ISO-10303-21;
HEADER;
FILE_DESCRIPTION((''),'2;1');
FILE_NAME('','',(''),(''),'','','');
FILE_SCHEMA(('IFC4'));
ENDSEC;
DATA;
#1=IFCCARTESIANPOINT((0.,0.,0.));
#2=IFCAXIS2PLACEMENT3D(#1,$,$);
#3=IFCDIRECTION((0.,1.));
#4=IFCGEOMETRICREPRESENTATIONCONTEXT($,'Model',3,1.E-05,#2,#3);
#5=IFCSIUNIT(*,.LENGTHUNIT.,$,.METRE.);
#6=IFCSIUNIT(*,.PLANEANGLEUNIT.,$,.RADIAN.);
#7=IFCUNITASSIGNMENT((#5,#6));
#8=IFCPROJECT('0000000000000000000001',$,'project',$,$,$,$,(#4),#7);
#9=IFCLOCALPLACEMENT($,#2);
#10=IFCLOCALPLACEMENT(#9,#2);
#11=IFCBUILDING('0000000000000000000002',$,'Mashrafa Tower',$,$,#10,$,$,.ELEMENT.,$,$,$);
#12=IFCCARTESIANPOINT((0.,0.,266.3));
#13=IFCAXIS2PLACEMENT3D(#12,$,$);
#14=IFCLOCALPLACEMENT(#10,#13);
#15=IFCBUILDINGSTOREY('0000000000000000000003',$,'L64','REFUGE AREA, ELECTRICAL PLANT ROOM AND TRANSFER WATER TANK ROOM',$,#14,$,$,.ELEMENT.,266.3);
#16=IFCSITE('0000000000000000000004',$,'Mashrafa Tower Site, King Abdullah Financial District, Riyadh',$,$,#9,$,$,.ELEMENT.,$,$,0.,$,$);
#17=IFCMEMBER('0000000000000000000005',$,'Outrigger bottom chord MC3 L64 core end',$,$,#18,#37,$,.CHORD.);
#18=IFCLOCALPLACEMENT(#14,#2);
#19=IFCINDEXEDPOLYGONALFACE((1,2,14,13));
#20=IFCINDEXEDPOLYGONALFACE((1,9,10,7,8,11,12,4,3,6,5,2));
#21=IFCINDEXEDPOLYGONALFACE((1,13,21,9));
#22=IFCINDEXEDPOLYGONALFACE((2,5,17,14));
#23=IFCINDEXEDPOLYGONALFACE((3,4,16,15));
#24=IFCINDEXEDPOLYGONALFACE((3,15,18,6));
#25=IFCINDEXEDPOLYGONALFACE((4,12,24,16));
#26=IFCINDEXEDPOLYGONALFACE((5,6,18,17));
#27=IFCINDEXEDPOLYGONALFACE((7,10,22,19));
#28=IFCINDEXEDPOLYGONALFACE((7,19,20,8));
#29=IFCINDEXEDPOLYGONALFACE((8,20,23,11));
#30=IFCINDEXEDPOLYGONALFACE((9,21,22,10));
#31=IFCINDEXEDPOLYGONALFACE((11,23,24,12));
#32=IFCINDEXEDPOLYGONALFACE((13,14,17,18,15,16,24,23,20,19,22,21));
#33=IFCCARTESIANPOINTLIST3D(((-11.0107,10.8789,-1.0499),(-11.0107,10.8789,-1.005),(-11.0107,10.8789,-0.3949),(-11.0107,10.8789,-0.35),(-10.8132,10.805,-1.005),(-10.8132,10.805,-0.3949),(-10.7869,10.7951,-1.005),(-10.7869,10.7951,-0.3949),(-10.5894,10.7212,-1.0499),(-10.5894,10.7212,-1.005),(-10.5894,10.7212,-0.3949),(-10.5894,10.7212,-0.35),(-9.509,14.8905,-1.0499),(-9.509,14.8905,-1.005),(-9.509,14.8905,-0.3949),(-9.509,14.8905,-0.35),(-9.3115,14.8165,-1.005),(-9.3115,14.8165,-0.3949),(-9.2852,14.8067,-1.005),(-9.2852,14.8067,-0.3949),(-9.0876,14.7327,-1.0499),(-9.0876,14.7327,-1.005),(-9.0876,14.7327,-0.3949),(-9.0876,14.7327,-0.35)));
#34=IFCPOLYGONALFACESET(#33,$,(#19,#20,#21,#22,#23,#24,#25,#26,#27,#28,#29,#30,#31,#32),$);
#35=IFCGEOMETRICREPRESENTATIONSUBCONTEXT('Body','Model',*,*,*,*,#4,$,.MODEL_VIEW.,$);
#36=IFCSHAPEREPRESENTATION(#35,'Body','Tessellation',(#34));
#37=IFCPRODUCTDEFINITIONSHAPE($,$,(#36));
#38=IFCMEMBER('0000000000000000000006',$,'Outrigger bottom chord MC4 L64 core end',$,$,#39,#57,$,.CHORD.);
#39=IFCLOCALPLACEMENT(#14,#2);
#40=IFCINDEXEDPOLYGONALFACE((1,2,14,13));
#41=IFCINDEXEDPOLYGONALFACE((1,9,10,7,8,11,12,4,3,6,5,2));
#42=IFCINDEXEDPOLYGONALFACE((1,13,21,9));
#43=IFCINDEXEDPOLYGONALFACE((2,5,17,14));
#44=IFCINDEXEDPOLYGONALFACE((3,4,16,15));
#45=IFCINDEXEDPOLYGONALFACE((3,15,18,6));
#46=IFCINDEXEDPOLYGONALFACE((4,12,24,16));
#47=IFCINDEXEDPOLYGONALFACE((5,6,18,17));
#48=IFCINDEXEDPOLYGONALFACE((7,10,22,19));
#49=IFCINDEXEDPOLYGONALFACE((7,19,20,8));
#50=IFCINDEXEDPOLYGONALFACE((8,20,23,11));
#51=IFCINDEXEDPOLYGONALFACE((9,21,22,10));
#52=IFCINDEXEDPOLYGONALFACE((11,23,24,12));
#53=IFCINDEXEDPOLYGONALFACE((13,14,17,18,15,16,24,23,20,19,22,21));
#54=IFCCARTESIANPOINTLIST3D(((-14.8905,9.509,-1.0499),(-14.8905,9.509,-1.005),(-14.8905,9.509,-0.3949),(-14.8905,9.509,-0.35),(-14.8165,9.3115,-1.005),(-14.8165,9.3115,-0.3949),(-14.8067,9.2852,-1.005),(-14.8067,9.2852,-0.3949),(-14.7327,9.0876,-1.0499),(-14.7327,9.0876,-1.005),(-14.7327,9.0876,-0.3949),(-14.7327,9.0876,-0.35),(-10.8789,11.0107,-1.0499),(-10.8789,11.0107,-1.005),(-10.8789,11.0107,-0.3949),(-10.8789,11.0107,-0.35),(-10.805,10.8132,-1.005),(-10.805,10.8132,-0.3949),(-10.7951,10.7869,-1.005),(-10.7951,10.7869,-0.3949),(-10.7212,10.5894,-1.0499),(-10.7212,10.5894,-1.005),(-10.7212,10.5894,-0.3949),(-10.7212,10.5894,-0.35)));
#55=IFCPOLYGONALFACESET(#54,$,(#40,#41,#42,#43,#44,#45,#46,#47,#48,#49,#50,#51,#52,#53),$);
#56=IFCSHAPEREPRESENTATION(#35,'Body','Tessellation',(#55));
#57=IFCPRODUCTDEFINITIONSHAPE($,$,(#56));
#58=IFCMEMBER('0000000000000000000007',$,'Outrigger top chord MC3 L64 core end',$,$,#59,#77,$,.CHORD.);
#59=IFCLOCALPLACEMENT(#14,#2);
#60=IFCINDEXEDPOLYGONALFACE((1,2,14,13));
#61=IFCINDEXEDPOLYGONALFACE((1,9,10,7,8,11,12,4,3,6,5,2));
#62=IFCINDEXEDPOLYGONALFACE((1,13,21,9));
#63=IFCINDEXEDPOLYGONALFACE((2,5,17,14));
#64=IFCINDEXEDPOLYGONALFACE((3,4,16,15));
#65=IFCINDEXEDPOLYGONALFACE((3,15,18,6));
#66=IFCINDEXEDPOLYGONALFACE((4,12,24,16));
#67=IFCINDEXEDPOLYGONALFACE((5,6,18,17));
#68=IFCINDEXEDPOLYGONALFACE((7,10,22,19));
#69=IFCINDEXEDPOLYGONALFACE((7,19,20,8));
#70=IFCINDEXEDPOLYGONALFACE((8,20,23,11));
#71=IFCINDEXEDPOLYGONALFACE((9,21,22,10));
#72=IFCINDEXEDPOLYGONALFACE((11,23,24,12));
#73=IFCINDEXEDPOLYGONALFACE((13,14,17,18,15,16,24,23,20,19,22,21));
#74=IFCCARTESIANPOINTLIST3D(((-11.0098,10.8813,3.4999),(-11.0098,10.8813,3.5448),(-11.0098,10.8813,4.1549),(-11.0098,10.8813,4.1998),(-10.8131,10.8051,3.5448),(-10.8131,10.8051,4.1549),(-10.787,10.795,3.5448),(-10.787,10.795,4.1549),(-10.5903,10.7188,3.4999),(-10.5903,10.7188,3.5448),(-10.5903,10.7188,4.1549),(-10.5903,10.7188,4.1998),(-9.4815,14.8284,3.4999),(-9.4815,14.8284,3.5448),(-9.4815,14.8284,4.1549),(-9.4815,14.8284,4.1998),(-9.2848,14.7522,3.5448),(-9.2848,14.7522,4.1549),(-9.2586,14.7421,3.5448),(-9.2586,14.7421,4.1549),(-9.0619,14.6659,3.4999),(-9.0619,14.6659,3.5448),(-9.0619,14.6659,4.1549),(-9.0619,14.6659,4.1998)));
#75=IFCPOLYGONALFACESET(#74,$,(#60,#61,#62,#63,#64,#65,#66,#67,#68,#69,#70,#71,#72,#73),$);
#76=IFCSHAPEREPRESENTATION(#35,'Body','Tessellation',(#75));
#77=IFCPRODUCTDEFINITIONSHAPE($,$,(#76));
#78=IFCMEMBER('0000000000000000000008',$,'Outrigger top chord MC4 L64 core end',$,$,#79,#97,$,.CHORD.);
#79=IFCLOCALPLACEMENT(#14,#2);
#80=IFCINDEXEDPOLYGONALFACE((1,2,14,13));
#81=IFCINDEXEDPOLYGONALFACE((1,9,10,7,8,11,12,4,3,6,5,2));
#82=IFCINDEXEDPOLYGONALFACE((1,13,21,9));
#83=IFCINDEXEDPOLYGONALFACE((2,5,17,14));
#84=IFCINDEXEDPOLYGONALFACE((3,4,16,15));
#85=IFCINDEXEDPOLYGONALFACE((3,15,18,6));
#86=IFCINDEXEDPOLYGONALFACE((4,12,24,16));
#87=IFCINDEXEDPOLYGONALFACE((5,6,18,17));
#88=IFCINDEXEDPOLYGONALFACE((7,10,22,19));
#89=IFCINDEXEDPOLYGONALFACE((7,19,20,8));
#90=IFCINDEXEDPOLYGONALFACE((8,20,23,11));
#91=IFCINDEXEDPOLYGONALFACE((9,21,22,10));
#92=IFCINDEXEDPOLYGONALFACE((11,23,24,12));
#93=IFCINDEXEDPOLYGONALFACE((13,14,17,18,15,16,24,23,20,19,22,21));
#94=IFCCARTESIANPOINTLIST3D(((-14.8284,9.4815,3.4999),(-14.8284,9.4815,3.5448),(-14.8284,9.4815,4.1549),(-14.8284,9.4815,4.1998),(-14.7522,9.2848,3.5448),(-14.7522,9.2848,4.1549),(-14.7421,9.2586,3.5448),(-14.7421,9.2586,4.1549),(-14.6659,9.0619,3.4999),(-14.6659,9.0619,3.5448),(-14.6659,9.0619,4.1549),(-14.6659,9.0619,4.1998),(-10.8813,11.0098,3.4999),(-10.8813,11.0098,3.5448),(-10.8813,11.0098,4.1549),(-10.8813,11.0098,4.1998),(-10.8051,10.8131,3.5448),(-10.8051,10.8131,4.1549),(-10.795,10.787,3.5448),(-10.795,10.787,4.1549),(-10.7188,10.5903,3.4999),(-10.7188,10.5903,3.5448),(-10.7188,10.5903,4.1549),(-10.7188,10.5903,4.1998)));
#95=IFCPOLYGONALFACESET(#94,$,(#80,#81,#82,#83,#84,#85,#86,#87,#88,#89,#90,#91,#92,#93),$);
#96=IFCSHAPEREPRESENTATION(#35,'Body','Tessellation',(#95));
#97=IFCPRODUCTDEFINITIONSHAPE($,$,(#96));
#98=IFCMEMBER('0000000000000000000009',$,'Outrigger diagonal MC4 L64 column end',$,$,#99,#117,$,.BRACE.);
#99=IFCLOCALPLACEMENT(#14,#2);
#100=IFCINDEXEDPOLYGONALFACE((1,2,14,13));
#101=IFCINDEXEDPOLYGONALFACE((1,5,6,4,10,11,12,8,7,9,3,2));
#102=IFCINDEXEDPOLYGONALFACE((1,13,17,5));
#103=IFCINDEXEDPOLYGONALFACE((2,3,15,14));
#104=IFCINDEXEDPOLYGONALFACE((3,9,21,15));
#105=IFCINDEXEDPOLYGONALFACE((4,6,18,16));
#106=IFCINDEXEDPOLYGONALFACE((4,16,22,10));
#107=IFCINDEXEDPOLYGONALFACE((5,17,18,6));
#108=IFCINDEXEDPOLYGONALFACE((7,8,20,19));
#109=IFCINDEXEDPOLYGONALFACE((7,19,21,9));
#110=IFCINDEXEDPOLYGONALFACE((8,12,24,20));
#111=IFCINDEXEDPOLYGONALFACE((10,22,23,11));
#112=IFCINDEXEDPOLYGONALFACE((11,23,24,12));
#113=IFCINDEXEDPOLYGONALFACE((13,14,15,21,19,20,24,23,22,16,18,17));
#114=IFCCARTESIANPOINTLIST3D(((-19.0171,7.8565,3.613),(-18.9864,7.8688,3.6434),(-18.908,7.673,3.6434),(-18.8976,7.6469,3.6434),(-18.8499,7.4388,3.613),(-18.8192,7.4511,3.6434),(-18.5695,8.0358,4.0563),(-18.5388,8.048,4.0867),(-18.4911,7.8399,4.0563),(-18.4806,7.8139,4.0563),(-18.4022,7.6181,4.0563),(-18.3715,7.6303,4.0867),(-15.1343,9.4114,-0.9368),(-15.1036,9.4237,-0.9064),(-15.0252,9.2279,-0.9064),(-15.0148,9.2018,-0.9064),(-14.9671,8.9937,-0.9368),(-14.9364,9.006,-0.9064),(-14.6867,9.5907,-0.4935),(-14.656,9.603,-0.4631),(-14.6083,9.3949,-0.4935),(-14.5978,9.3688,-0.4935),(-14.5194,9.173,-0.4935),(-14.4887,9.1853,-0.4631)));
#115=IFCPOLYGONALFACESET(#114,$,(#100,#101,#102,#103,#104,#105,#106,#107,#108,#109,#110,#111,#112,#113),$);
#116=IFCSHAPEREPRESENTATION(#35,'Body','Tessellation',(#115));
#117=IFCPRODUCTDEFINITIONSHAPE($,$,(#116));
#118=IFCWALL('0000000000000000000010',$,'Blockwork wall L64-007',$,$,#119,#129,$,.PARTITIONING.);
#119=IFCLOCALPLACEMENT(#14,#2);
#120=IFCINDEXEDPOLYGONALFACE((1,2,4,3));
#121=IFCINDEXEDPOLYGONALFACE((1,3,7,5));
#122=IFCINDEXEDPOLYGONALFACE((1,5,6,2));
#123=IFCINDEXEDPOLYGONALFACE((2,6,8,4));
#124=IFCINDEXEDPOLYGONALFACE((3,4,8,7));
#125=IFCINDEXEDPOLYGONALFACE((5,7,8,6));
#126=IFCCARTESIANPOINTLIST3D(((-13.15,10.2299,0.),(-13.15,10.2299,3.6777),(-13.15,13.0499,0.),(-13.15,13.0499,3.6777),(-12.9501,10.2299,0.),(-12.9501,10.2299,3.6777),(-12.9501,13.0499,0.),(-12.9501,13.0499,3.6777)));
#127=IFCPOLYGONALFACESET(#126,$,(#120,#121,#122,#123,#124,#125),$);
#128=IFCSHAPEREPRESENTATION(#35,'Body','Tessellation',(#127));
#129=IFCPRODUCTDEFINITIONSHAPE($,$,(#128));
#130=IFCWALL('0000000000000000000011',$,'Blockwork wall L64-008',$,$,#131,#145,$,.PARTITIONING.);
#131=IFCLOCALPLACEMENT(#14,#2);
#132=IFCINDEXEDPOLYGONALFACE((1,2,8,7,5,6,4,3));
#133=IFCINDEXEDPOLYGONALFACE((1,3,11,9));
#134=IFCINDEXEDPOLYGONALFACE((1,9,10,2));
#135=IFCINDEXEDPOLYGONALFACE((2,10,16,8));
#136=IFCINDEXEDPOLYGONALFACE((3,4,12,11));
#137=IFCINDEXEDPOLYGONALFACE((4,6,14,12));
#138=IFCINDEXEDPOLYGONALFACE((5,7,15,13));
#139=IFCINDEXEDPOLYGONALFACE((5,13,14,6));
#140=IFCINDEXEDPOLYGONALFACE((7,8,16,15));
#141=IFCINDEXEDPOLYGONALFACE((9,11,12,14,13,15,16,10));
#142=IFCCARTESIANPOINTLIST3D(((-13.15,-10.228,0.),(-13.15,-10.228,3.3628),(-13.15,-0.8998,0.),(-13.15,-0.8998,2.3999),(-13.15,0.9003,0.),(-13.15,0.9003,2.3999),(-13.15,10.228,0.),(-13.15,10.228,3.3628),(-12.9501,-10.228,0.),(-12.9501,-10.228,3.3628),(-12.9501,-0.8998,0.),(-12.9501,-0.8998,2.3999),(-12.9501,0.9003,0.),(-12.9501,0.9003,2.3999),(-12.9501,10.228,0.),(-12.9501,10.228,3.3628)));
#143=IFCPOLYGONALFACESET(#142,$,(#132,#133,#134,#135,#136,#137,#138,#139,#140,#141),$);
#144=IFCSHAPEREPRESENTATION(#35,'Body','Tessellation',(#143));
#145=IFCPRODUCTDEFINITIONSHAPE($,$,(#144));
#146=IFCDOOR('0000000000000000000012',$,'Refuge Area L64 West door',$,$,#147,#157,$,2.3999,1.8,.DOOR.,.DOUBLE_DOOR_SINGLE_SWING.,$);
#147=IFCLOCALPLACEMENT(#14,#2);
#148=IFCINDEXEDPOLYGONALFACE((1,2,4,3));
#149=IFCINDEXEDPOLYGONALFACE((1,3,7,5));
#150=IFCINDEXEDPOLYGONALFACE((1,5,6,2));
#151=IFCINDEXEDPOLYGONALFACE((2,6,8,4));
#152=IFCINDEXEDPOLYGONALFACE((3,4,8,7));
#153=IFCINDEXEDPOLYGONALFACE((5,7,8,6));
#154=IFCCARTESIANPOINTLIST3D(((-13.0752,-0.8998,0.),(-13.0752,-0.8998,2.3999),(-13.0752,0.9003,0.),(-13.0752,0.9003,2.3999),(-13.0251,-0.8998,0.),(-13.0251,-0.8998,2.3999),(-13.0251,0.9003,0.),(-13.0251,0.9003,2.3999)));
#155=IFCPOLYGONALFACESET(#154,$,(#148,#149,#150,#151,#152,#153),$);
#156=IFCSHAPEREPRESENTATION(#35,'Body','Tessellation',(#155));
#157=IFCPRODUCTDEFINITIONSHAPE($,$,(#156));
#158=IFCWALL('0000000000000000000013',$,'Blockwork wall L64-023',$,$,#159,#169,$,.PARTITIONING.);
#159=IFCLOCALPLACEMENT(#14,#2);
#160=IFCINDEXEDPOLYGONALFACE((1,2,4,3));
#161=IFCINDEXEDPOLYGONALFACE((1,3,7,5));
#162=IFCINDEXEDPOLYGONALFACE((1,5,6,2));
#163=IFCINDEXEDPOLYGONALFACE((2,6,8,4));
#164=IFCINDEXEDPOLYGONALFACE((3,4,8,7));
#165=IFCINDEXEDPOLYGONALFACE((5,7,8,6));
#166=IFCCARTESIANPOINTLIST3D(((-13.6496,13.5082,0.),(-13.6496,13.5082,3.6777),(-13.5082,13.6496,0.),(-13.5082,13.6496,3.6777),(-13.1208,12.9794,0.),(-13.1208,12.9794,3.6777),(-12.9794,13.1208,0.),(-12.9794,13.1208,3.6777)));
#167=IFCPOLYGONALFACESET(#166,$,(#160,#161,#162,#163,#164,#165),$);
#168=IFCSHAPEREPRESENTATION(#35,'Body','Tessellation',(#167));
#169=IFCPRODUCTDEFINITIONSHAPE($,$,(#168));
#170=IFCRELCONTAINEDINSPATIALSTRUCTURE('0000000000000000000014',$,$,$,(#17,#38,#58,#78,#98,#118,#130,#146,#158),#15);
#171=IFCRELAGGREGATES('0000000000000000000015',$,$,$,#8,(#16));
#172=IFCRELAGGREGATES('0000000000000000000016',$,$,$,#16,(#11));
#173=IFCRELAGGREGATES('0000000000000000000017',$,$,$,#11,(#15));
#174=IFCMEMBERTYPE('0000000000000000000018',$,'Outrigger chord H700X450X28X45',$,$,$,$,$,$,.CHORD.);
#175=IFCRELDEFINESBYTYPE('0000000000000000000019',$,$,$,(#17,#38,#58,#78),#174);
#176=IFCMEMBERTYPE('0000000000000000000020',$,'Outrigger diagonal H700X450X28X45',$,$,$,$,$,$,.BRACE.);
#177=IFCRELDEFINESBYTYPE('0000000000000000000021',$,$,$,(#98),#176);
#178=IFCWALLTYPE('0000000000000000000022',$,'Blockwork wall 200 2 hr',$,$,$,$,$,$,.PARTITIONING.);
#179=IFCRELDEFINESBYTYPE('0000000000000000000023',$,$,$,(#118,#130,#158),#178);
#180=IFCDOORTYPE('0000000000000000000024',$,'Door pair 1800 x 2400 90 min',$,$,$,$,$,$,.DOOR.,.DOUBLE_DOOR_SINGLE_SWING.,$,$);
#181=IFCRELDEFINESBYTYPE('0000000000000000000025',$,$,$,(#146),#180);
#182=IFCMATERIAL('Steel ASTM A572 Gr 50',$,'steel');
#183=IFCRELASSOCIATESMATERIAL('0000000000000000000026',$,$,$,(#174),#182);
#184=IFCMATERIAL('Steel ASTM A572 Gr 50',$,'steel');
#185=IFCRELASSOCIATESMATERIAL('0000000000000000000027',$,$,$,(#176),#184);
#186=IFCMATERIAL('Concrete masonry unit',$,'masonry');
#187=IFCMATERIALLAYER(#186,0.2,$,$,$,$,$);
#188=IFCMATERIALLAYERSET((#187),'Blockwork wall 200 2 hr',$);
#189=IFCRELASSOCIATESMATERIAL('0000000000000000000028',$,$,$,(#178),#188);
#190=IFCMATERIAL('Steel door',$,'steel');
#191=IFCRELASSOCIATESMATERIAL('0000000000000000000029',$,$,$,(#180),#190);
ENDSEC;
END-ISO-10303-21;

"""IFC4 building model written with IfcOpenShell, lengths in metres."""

from ifc_helpers import new_model, si_unit, direction, frame, frame_2d, origin, origin_2d, place, context, subcontext, project, spatial, rectangle, i_section, extrude, source, transform, mapped, material, layer, layer_set, material_profile, profile_set, type_object, type_shapes, element, fill, save


model = new_model("IFC4")

# Units and contexts
model_context = context("Model", 3, precision=1e-05, world=origin(), true_north=direction((0.0, 1.0)))
body_context = subcontext(model_context, "Body", "Model", "MODEL_VIEW")
ifc_project = project(units=[si_unit("LENGTHUNIT", "METRE"), si_unit("PLANEANGLEUNIT", "RADIAN")], contexts=[model_context])

# Site, building, storey
site_placement = place(None, origin())
site = spatial("IfcSite", under=ifc_project, at=site_placement, Name="Mashrafa Tower Site, King Abdullah Financial District, Riyadh", CompositionType="ELEMENT", RefElevation=0.0)
building_placement = place(site_placement, origin())
building = spatial("IfcBuilding", under=site, at=building_placement, Name="Mashrafa Tower", CompositionType="ELEMENT")
storey_placement = place(building_placement, frame((0.0, 0.0, 266.3)))
storey = spatial("IfcBuildingStorey", under=building, at=storey_placement, Name="L64", Description="REFUGE AREA, ELECTRICAL PLANT ROOM AND TRANSFER WATER TANK ROOM", CompositionType="ELEMENT", Elevation=266.3)

# Members
ifc_material_1 = material(Name="Steel ASTM A572 Gr 50", Category="steel")
ifc_material_profile_1 = material_profile(ifc_material_1, i_section(OverallWidth=0.45, OverallDepth=0.7, WebThickness=0.0281, FlangeThickness=0.0449, at=origin_2d()), Name="H700X450X28X45")
ifc_profile_set_1 = profile_set([ifc_material_profile_1], Name="Steel ASTM A572 Gr 50")
member_type_1 = type_object("IfcMemberType", Name="Outrigger chord H700X450X28X45", PredefinedType="CHORD", material=ifc_profile_set_1)
shared_shape_1 = source(origin(), body_context, "Body", "SweptSolid", [
    extrude(i_section(OverallWidth=0.45, OverallDepth=0.7, WebThickness=0.0281, FlangeThickness=0.0449, at=origin_2d()), origin(), (0.0, 0.0, 1.0), 4.2834),
])
for number, where, z_axis, x_axis, name in (
    (1, (-10.8, 10.8, -0.7), (0.350592, 0.936528, 0.0), (-0.936528, 0.350592, 0.0), "Outrigger bottom chord MC3 L64 core end"),
    (2, (-10.8, 10.8, -0.7), (-0.936528, -0.350592, 0.0), (0.350592, -0.936528, 0.0), "Outrigger bottom chord MC4 L64 core end"),
):
    element("IfcMember", number, at=place(storey_placement, frame(where, z_axis=z_axis, x_axis=x_axis)), inside=storey, type_object=member_type_1, Name=name, PredefinedType="CHORD", context=body_context, shape_type="MappedRepresentation", body=[
        mapped(shared_shape_1, transform((0.0, 0.0, 0.0))),
    ])
shared_shape_2 = source(origin(), body_context, "Body", "SweptSolid", [
    extrude(i_section(OverallWidth=0.45, OverallDepth=0.7, WebThickness=0.0281, FlangeThickness=0.0449, at=origin_2d()), origin(), (0.0, 0.0, 1.0), 4.2327),
])
type_shapes(member_type_1, [shared_shape_1, shared_shape_2])
for number, where, z_axis, x_axis, name in (
    (3, (-10.8, 10.8, 3.8499), (0.361085, 0.932533, 0.0), (-0.932533, 0.361085, 0.0), "Outrigger top chord MC3 L64 core end"),
    (4, (-10.8, 10.8, 3.8499), (-0.932533, -0.361085, 0.0), (0.361085, -0.932533, 0.0), "Outrigger top chord MC4 L64 core end"),
):
    element("IfcMember", number, at=place(storey_placement, frame(where, z_axis=z_axis, x_axis=x_axis)), inside=storey, type_object=member_type_1, Name=name, PredefinedType="CHORD", context=body_context, shape_type="MappedRepresentation", body=[
        mapped(shared_shape_2, transform((0.0, 0.0, 0.0))),
    ])
ifc_material_2 = material(Name="Steel ASTM A572 Gr 50", Category="steel")
ifc_material_profile_2 = material_profile(ifc_material_2, i_section(OverallWidth=0.45, OverallDepth=0.7, WebThickness=0.0281, FlangeThickness=0.0449, at=origin_2d()), Name="H700X450X28X45")
ifc_profile_set_2 = profile_set([ifc_material_profile_2], Name="Steel ASTM A572 Gr 50")
member_type_2 = type_object("IfcMemberType", Name="Outrigger diagonal H700X450X28X45", PredefinedType="BRACE", material=ifc_profile_set_2)
shared_shape_3 = source(origin(), body_context, "Body", "SweptSolid", [
    extrude(i_section(OverallWidth=0.45, OverallDepth=0.7, WebThickness=0.0281, FlangeThickness=0.0449, at=origin_2d()), origin(), (0.0, 0.0, 1.0), 6.1802),
])
type_shapes(member_type_2, [shared_shape_3])
member_1_placement = place(storey_placement, frame((-14.8115, 9.2983, -0.7), z_axis=(-0.628267, -0.251599, 0.736192), x_axis=(0.371763, -0.928328, 0.0)))
element("IfcMember", 5, at=member_1_placement, inside=storey, type_object=member_type_2, Name="Outrigger diagonal MC4 L64 column end", PredefinedType="BRACE", context=body_context, shape_type="MappedRepresentation", body=[
    mapped(shared_shape_3, transform((0.0, 0.0, 0.0))),
])

# Wall
ifc_material_3 = material(Name="Concrete masonry unit", Category="masonry")
ifc_layer_1 = layer(ifc_material_3, 0.2)
ifc_layer_set_1 = layer_set([ifc_layer_1], Name="Blockwork wall 200 2 hr")
wall_type_1 = type_object("IfcWallType", Name="Blockwork wall 200 2 hr", PredefinedType="PARTITIONING", material=ifc_layer_set_1)
wall_1_placement = place(storey_placement, frame((-13.05, 13.05, 0.0), z_axis=(0.0, 0.0, 1.0), x_axis=(0.0, -1.0, 0.0)))
element("IfcWall", 6, at=wall_1_placement, inside=storey, type_object=wall_type_1, Name="Blockwork wall L64-007", PredefinedType="PARTITIONING", context=body_context, shape_type="SweptSolid", body=[
    extrude(rectangle(XDim=2.8201, YDim=0.2, at=frame_2d((1.4102, 0.0))), origin(), (0.0, 0.0, 1.0), 3.6777),
])

# Wall, opening, door
wall_2_placement = place(storey_placement, frame((-13.05, 10.228, 0.0), z_axis=(0.0, 0.0, 1.0), x_axis=(0.0, -1.0, 0.0)))
wall_2 = element("IfcWall", 7, at=wall_2_placement, inside=storey, type_object=wall_type_1, Name="Blockwork wall L64-008", PredefinedType="PARTITIONING", context=body_context, shape_type="SweptSolid", body=[
    extrude(rectangle(XDim=20.4561, YDim=0.2, at=frame_2d((10.228, 0.0))), origin(), (0.0, 0.0, 1.0), 3.3628),
])
opening_1_placement = place(wall_2_placement, frame((9.3279, 0.0, 0.0)))
opening_1 = element("IfcOpeningElement", 8, at=opening_1_placement, cuts=wall_2, PredefinedType="OPENING", context=body_context, shape_type="SweptSolid", body=[
    extrude(rectangle(XDim=1.8, YDim=2.3999, at=frame_2d((0.8999, 1.2))), frame((0.0, 0.1099, 0.0), z_axis=(0.0, -1.0, 0.0), x_axis=(1.0, 0.0, 0.0)), (0.0, 0.0, 1.0), 0.22),
])
ifc_material_4 = material(Name="Steel door", Category="steel")
door_type_1 = type_object("IfcDoorType", Name="Door pair 1800 x 2400 90 min", OperationType="DOUBLE_DOOR_SINGLE_SWING", PredefinedType="DOOR", material=ifc_material_4)
door_1_placement = place(opening_1_placement, origin())
door_1 = element("IfcDoor", 9, at=door_1_placement, inside=storey, type_object=door_type_1, Name="Refuge Area L64 West door", OperationType="DOUBLE_DOOR_SINGLE_SWING", OverallHeight=2.3999, OverallWidth=1.8, PredefinedType="DOOR", context=body_context, shape_type="SweptSolid", body=[
    extrude(rectangle(XDim=1.8, YDim=2.3999, at=frame_2d((0.8999, 1.2))), frame((0.0, 0.0249, 0.0), z_axis=(0.0, -1.0, 0.0), x_axis=(1.0, 0.0, 0.0)), (0.0, 0.0, 1.0), 0.05),
])
fill(opening_1, door_1)

# Wall
wall_3_placement = place(storey_placement, frame((-13.05, 13.05, 0.0), z_axis=(0.0, 0.0, 1.0), x_axis=(-0.707107, 0.707107, 0.0)))
element("IfcWall", 10, at=wall_3_placement, inside=storey, type_object=wall_type_1, Name="Blockwork wall L64-023", PredefinedType="PARTITIONING", context=body_context, shape_type="SweptSolid", body=[
    extrude(rectangle(XDim=0.7478, YDim=0.2, at=frame_2d((0.374, 0.0))), origin(), (0.0, 0.0, 1.0), 3.6777),
])

save(model, "model.ifc")
